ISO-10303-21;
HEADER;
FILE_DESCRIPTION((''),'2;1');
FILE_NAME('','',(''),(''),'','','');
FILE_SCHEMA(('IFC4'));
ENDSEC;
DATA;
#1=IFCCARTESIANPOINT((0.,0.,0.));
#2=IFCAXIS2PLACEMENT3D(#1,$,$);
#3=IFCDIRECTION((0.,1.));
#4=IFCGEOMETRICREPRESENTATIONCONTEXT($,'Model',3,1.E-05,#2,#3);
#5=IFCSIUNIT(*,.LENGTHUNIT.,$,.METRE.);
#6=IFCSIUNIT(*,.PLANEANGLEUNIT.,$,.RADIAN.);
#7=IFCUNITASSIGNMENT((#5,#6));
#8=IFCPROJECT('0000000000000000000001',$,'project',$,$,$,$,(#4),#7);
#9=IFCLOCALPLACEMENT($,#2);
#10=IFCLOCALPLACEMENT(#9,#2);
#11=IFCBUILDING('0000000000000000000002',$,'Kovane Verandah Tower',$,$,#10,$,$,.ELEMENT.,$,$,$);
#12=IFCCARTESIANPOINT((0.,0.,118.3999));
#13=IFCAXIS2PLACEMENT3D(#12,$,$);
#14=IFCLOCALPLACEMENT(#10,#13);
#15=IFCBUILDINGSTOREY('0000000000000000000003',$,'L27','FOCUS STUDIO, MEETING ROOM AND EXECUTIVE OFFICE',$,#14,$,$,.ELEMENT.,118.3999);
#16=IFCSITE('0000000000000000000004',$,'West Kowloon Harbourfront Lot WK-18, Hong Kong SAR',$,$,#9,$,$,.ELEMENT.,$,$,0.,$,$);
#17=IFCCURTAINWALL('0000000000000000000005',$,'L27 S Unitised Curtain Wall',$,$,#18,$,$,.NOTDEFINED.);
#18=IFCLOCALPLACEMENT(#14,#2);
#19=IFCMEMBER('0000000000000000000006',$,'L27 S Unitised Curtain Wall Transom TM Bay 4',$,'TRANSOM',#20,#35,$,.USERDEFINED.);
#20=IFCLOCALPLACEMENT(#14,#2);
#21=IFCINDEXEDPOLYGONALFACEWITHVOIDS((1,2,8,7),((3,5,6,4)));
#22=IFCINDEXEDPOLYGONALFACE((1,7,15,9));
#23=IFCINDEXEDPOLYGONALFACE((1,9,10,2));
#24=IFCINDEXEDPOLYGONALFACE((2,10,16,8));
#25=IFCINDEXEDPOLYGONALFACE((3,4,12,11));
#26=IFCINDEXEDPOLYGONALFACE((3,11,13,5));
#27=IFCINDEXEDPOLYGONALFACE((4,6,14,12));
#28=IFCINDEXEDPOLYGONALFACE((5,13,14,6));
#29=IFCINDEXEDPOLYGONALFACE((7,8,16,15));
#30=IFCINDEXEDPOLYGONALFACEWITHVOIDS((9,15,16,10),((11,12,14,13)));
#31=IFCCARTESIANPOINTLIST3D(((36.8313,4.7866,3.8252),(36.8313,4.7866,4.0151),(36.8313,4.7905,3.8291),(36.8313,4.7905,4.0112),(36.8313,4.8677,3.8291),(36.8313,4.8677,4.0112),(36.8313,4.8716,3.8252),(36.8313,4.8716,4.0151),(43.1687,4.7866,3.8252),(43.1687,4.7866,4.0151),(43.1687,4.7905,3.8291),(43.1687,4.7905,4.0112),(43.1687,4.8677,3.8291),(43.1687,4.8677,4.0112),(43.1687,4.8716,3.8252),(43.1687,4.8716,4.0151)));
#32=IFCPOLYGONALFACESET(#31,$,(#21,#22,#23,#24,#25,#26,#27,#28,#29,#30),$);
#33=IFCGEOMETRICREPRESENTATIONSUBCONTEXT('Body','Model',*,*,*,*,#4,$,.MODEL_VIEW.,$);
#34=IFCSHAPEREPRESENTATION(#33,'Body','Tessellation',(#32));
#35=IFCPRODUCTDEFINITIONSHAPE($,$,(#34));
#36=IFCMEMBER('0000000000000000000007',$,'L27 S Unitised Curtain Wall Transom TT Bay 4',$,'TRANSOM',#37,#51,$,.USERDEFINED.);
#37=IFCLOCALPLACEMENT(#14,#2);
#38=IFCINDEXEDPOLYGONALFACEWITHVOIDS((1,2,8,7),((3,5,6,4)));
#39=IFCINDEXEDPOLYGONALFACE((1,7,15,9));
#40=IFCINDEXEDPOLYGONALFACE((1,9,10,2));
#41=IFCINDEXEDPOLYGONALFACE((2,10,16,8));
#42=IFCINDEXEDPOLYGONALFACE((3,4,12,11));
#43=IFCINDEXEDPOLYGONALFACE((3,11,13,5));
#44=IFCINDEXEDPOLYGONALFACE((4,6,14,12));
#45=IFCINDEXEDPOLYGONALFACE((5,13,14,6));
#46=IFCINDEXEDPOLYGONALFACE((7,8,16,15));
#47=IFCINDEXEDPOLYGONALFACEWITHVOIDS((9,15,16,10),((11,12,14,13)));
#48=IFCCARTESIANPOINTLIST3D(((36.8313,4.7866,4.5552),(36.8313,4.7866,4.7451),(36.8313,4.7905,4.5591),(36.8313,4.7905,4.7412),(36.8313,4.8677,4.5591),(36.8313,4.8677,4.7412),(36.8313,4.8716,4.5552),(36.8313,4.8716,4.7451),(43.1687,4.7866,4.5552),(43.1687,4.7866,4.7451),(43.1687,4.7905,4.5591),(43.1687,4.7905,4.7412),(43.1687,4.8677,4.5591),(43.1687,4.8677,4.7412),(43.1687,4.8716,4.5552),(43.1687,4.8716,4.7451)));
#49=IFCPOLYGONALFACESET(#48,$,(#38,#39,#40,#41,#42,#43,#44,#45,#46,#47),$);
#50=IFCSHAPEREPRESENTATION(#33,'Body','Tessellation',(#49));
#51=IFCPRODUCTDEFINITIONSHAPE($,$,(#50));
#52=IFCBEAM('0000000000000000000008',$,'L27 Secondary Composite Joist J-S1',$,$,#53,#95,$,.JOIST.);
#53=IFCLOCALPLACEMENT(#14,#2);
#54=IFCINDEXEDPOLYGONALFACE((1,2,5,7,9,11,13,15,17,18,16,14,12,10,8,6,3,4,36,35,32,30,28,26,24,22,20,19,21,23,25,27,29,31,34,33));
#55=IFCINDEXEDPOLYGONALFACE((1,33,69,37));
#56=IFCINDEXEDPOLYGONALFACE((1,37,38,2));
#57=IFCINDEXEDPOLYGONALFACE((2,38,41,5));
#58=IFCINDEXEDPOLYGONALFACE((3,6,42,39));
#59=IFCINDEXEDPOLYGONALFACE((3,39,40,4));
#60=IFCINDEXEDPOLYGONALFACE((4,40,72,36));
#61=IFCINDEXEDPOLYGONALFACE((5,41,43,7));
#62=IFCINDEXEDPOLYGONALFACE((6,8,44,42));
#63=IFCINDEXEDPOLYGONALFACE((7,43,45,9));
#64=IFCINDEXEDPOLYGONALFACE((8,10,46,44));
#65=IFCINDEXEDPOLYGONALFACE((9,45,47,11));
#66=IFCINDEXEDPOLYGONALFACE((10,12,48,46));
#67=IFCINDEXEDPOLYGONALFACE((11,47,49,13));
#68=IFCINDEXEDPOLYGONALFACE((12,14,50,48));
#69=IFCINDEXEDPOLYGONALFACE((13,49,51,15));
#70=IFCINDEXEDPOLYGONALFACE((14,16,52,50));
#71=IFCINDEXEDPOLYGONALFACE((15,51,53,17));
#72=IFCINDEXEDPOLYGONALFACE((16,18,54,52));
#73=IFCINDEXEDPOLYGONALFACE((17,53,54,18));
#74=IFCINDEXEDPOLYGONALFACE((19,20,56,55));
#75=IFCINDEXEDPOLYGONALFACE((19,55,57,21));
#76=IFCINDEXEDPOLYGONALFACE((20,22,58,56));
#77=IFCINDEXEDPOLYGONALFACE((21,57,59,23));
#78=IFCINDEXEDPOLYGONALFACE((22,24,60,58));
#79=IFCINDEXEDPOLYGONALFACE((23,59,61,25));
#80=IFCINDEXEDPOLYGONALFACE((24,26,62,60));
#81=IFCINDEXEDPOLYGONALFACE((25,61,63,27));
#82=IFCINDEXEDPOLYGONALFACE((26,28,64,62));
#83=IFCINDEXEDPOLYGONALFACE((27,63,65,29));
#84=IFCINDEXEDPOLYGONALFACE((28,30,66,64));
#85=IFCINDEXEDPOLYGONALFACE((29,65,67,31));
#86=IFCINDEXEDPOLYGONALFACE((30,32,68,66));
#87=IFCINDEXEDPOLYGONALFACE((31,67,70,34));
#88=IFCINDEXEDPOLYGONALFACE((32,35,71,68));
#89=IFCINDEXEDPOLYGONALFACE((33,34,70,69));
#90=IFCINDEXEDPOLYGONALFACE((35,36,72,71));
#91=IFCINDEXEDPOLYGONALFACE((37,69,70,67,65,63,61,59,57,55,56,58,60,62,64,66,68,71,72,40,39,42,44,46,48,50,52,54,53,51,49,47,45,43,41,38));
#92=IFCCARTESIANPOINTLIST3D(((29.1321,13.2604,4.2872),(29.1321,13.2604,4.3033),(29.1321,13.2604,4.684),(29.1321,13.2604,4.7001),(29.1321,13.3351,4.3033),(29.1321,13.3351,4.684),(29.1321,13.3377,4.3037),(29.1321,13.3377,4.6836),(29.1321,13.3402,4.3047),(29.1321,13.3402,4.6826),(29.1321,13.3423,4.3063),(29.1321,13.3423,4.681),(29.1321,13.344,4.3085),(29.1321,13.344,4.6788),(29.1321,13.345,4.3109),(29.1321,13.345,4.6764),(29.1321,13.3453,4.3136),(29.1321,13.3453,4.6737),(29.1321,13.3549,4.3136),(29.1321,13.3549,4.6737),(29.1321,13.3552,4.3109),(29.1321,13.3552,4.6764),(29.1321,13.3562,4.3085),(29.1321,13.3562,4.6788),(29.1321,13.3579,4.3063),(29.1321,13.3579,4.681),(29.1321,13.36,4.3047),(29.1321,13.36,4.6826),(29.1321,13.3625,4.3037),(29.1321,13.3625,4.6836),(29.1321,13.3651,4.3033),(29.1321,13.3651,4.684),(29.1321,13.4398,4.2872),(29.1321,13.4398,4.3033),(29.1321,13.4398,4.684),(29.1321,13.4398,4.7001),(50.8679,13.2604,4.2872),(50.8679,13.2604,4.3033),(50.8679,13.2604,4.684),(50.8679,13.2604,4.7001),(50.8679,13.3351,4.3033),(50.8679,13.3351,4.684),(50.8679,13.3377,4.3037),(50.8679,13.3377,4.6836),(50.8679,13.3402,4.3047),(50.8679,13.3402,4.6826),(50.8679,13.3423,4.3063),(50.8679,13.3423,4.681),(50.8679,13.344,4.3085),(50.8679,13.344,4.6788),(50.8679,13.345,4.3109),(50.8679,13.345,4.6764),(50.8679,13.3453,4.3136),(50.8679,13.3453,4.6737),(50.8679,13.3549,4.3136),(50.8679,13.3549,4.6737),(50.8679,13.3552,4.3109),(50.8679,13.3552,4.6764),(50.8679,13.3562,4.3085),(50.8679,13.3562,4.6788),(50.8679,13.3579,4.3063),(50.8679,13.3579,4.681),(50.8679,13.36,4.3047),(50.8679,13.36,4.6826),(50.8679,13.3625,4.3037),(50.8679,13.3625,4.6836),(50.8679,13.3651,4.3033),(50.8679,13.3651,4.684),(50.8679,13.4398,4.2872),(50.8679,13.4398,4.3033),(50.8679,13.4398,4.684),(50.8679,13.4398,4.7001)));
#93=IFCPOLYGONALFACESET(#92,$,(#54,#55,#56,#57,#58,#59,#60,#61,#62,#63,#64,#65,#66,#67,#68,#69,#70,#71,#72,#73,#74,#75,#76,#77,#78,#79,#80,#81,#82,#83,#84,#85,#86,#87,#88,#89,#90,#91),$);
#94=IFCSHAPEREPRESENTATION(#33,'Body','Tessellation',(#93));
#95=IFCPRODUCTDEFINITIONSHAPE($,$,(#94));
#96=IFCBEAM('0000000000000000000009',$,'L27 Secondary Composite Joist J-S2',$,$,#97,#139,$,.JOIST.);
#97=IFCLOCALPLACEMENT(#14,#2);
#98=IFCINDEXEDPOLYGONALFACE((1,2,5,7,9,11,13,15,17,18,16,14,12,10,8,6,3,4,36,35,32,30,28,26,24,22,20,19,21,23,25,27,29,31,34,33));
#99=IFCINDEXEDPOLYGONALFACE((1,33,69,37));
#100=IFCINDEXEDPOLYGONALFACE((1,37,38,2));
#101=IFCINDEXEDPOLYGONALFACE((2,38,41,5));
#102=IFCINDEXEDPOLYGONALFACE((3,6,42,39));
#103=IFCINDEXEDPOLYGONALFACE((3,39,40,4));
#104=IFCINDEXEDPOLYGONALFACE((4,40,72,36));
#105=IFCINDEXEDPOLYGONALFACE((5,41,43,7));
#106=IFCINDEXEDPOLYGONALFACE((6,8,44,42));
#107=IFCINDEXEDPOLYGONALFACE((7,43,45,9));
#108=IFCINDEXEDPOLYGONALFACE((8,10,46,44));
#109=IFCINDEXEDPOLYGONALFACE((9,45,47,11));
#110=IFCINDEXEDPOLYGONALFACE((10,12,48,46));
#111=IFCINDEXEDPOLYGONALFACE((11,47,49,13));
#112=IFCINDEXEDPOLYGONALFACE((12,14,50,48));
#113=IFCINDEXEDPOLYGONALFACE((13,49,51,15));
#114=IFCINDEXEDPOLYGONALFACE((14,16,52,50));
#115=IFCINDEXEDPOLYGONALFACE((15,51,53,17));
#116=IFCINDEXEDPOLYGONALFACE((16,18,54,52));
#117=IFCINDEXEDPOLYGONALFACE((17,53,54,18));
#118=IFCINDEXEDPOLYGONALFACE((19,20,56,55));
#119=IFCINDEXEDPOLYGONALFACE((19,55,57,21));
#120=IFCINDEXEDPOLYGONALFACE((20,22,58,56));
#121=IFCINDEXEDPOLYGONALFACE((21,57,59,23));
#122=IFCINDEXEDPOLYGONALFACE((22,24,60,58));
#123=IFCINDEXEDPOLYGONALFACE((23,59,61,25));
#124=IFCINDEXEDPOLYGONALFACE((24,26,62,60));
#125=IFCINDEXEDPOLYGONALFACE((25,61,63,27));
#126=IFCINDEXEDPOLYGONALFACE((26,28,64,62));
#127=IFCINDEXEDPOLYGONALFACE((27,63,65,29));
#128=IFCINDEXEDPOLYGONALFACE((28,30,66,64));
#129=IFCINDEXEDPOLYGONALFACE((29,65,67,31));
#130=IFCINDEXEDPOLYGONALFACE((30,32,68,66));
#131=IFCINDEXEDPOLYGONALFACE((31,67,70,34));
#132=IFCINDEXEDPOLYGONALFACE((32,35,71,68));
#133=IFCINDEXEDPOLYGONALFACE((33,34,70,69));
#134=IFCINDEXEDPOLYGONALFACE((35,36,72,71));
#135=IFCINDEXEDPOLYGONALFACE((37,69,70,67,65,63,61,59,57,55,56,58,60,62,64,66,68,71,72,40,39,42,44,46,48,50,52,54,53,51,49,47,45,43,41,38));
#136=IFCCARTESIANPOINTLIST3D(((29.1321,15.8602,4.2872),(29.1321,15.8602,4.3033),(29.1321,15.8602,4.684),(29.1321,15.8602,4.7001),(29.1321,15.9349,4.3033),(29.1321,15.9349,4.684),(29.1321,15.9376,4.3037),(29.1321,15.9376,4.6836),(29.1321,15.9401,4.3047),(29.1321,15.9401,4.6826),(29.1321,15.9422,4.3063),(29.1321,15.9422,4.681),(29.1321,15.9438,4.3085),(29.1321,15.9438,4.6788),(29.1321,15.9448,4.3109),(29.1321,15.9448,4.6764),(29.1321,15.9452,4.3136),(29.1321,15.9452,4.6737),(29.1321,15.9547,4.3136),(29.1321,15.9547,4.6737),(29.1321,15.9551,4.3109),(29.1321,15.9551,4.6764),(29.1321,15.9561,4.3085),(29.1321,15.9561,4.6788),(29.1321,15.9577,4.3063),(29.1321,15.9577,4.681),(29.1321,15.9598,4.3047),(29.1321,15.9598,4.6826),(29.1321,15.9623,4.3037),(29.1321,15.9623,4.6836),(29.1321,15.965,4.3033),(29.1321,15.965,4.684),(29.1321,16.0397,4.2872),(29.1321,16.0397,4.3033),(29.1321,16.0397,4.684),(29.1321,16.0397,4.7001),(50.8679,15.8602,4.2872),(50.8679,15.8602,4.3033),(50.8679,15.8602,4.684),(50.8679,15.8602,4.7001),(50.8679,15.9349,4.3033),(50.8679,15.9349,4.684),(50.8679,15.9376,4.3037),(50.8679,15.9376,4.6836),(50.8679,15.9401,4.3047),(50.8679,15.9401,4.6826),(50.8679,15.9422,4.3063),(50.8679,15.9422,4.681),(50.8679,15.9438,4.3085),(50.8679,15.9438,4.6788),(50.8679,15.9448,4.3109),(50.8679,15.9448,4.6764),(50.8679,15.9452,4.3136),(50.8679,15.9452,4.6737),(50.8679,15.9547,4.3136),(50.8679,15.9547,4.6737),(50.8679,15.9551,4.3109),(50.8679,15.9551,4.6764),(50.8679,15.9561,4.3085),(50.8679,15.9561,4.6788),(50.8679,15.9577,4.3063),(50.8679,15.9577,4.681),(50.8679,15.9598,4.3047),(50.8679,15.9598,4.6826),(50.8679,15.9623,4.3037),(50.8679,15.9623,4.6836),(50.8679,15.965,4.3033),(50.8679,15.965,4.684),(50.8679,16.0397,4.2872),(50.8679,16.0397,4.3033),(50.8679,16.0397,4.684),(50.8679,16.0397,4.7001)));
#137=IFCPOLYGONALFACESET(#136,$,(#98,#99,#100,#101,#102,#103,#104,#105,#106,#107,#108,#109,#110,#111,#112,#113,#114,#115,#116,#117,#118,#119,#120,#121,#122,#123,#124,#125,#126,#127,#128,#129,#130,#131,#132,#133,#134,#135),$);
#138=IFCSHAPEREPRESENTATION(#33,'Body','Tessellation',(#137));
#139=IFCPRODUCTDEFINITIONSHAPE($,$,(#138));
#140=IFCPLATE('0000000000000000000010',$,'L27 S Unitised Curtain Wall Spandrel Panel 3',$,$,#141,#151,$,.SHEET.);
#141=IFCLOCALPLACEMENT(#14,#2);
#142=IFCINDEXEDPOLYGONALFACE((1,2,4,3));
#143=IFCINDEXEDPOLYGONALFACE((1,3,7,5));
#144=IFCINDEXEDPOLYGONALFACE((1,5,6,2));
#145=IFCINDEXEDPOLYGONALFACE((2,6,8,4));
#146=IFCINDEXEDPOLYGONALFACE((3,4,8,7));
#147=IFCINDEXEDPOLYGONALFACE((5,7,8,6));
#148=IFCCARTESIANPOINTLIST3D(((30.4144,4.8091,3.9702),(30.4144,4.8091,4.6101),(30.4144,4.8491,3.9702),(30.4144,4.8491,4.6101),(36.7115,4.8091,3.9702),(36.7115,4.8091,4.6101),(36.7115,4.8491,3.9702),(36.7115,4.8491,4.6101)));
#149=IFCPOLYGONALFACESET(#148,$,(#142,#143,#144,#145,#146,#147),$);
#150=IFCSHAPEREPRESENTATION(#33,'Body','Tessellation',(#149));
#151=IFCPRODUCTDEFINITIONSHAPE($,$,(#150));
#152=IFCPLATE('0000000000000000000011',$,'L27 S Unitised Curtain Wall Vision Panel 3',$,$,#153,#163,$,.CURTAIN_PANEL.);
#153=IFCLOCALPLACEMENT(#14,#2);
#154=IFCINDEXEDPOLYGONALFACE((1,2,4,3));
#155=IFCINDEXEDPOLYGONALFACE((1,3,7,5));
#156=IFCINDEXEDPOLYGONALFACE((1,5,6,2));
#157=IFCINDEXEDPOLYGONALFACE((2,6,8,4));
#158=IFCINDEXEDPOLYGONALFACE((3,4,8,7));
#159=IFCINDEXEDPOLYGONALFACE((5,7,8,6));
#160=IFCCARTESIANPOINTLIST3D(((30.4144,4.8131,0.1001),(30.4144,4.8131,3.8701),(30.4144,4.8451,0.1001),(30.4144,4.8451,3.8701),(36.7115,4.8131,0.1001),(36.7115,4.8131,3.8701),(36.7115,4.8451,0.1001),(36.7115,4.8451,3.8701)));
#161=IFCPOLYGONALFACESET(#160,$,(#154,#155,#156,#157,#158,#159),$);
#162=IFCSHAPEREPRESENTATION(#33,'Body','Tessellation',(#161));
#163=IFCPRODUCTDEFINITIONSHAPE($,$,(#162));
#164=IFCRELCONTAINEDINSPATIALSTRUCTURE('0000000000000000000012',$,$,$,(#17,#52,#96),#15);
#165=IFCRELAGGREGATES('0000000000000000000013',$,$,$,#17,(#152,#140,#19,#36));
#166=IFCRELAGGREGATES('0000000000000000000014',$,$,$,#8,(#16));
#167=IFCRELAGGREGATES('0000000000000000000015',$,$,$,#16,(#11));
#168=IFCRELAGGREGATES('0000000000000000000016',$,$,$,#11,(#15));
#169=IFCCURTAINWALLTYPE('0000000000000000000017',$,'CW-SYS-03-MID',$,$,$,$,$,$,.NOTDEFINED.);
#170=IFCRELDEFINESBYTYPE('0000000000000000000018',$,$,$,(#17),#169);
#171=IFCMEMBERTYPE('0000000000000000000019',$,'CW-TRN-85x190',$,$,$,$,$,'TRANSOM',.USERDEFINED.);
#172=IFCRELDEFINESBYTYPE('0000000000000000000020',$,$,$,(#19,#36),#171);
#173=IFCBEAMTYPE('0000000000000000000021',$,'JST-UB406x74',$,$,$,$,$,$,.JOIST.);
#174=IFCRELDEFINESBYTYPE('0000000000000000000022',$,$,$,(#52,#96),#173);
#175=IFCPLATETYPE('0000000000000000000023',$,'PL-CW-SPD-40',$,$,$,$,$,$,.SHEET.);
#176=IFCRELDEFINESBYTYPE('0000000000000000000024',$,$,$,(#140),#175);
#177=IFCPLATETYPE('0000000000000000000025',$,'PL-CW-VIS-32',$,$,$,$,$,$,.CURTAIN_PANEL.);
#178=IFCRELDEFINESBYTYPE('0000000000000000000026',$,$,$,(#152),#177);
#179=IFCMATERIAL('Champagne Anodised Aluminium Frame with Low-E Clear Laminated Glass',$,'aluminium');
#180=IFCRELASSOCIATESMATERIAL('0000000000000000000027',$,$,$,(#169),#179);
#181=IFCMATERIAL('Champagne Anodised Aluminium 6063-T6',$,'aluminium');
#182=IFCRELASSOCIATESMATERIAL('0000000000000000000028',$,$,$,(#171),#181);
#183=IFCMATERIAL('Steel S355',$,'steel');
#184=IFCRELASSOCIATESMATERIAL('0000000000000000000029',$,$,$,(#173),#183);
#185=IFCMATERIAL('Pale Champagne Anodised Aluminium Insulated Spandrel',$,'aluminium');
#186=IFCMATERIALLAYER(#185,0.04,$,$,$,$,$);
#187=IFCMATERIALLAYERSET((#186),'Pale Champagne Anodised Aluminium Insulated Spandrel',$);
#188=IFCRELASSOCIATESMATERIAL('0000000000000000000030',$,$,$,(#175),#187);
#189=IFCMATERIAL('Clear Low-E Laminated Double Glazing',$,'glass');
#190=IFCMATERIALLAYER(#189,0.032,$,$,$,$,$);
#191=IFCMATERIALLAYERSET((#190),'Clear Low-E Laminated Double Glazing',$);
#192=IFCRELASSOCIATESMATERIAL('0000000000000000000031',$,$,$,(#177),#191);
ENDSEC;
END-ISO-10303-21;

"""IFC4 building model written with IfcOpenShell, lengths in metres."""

from ifc_helpers import new_model, si_unit, direction, frame, origin, origin_2d, place, context, subcontext, project, spatial, rectangle, hollow_rectangle, i_section, extrude, material, layer, layer_set, material_profile, profile_set, type_object, element, aggregate, save


model = new_model("IFC4")

# Units and contexts
model_context = context("Model", 3, precision=1e-05, world=origin(), true_north=direction((0.0, 1.0)))
body_context = subcontext(model_context, "Body", "Model", "MODEL_VIEW")
ifc_project = project(units=[si_unit("LENGTHUNIT", "METRE"), si_unit("PLANEANGLEUNIT", "RADIAN")], contexts=[model_context])

# Site, building, storey
site_placement = place(None, origin())
site = spatial("IfcSite", under=ifc_project, at=site_placement, Name="West Kowloon Harbourfront Lot WK-18, Hong Kong SAR", CompositionType="ELEMENT", RefElevation=0.0)
building_placement = place(site_placement, origin())
building = spatial("IfcBuilding", under=site, at=building_placement, Name="Kovane Verandah Tower", CompositionType="ELEMENT")
storey_placement = place(building_placement, frame((0.0, 0.0, 118.3999)))
storey = spatial("IfcBuildingStorey", under=building, at=storey_placement, Name="L27", Description="FOCUS STUDIO, MEETING ROOM AND EXECUTIVE OFFICE", CompositionType="ELEMENT", Elevation=118.3999)

# Shared definitions
ifc_material_1 = material(Name="Steel S355", Category="steel")

# Curtain wall, members
ifc_material_2 = material(Name="Champagne Anodised Aluminium Frame with Low-E Clear Laminated Glass", Category="aluminium")
curtain_wall_type = type_object("IfcCurtainWallType", Name="CW-SYS-03-MID", PredefinedType="NOTDEFINED", material=ifc_material_2)
curtain_wall_placement = place(storey_placement, origin())
curtain_wall = element("IfcCurtainWall", 1, at=curtain_wall_placement, inside=storey, type_object=curtain_wall_type, Name="L27 S Unitised Curtain Wall", PredefinedType="NOTDEFINED")
ifc_material_3 = material(Name="Champagne Anodised Aluminium 6063-T6", Category="aluminium")
ifc_material_profile_1 = material_profile(ifc_material_3, hollow_rectangle(XDim=0.085, YDim=0.1899, WallThickness=0.0039, at=origin_2d()), Name="AL85x190x4")
ifc_profile_set_1 = profile_set([ifc_material_profile_1], Name="Champagne Anodised Aluminium 6063-T6")
member_type_1 = type_object("IfcMemberType", Name="CW-TRN-85x190", ElementType="TRANSOM", PredefinedType="USERDEFINED", material=ifc_profile_set_1)
member_1_placement = place(storey_placement, frame((36.8313, 4.8291, 3.9202), z_axis=(1.0, 0.0, 0.0), x_axis=(0.0, 1.0, 0.0)))
member_1 = element("IfcMember", 2, at=member_1_placement, type_object=member_type_1, Name="L27 S Unitised Curtain Wall Transom TM Bay 4", ObjectType="TRANSOM", PredefinedType="USERDEFINED", context=body_context, shape_type="SweptSolid", body=[
    extrude(hollow_rectangle(XDim=0.085, YDim=0.1899, WallThickness=0.0039, at=origin_2d()), origin(), (0.0, 0.0, 1.0), 6.3374),
])
member_2_placement = place(storey_placement, frame((36.8313, 4.8291, 4.6501), z_axis=(1.0, 0.0, 0.0), x_axis=(0.0, 1.0, 0.0)))
member_2 = element("IfcMember", 3, at=member_2_placement, type_object=member_type_1, Name="L27 S Unitised Curtain Wall Transom TT Bay 4", ObjectType="TRANSOM", PredefinedType="USERDEFINED", context=body_context, shape_type="SweptSolid", body=[
    extrude(hollow_rectangle(XDim=0.085, YDim=0.1899, WallThickness=0.0039, at=origin_2d()), origin(), (0.0, 0.0, 1.0), 6.3374),
])

# Beams
ifc_material_profile_2 = material_profile(ifc_material_1, i_section(OverallWidth=0.1794, OverallDepth=0.4128, WebThickness=0.0095, FlangeThickness=0.0161, FilletRadius=0.0103, at=origin_2d()), Name="UB406x178x74")
ifc_profile_set_2 = profile_set([ifc_material_profile_2], Name="Steel S355")
beam_type_1 = type_object("IfcBeamType", Name="JST-UB406x74", PredefinedType="JOIST", material=ifc_profile_set_2)
for number, where, z_axis, x_axis, name in (
    (4, (29.1321, 13.3501, 4.4937), (1.0, 0.0, 0.0), (0.0, 1.0, 0.0), "L27 Secondary Composite Joist J-S1"),
    (5, (29.1321, 15.95, 4.4937), (1.0, 0.0, 0.0), (0.0, 1.0, 0.0), "L27 Secondary Composite Joist J-S2"),
):
    element("IfcBeam", number, at=place(storey_placement, frame(where, z_axis=z_axis, x_axis=x_axis)), inside=storey, type_object=beam_type_1, Name=name, PredefinedType="JOIST", context=body_context, shape_type="SweptSolid", body=[
        extrude(i_section(OverallWidth=0.1794, OverallDepth=0.4128, WebThickness=0.0095, FlangeThickness=0.0161, FilletRadius=0.0103, at=origin_2d()), origin(), (0.0, 0.0, 1.0), 21.7358),
    ])

# Plates
ifc_material_4 = material(Name="Pale Champagne Anodised Aluminium Insulated Spandrel", Category="aluminium")
ifc_layer_1 = layer(ifc_material_4, 0.04)
ifc_layer_set_1 = layer_set([ifc_layer_1], Name="Pale Champagne Anodised Aluminium Insulated Spandrel")
plate_type_1 = type_object("IfcPlateType", Name="PL-CW-SPD-40", PredefinedType="SHEET", material=ifc_layer_set_1)
plate_1_placement = place(storey_placement, frame((33.563, 4.8291, 3.9702), z_axis=(0.0, 0.0, 1.0), x_axis=(1.0, 0.0, 0.0)))
plate_1 = element("IfcPlate", 6, at=plate_1_placement, type_object=plate_type_1, Name="L27 S Unitised Curtain Wall Spandrel Panel 3", PredefinedType="SHEET", context=body_context, shape_type="SweptSolid", body=[
    extrude(rectangle(XDim=6.2971, YDim=0.04, at=origin_2d()), origin(), (0.0, 0.0, 1.0), 0.6399),
])
ifc_material_5 = material(Name="Clear Low-E Laminated Double Glazing", Category="glass")
ifc_layer_2 = layer(ifc_material_5, 0.032)
ifc_layer_set_2 = layer_set([ifc_layer_2], Name="Clear Low-E Laminated Double Glazing")
plate_type_2 = type_object("IfcPlateType", Name="PL-CW-VIS-32", PredefinedType="CURTAIN_PANEL", material=ifc_layer_set_2)
plate_2_placement = place(storey_placement, frame((33.563, 4.8291, 0.1001), z_axis=(0.0, 0.0, 1.0), x_axis=(1.0, 0.0, 0.0)))
plate_2 = element("IfcPlate", 7, at=plate_2_placement, type_object=plate_type_2, Name="L27 S Unitised Curtain Wall Vision Panel 3", PredefinedType="CURTAIN_PANEL", context=body_context, shape_type="SweptSolid", body=[
    extrude(rectangle(XDim=6.2971, YDim=0.032, at=origin_2d()), origin(), (0.0, 0.0, 1.0), 3.77),
])
aggregate(curtain_wall, [plate_2, plate_1, member_1, member_2])

save(model, "model.ifc")
